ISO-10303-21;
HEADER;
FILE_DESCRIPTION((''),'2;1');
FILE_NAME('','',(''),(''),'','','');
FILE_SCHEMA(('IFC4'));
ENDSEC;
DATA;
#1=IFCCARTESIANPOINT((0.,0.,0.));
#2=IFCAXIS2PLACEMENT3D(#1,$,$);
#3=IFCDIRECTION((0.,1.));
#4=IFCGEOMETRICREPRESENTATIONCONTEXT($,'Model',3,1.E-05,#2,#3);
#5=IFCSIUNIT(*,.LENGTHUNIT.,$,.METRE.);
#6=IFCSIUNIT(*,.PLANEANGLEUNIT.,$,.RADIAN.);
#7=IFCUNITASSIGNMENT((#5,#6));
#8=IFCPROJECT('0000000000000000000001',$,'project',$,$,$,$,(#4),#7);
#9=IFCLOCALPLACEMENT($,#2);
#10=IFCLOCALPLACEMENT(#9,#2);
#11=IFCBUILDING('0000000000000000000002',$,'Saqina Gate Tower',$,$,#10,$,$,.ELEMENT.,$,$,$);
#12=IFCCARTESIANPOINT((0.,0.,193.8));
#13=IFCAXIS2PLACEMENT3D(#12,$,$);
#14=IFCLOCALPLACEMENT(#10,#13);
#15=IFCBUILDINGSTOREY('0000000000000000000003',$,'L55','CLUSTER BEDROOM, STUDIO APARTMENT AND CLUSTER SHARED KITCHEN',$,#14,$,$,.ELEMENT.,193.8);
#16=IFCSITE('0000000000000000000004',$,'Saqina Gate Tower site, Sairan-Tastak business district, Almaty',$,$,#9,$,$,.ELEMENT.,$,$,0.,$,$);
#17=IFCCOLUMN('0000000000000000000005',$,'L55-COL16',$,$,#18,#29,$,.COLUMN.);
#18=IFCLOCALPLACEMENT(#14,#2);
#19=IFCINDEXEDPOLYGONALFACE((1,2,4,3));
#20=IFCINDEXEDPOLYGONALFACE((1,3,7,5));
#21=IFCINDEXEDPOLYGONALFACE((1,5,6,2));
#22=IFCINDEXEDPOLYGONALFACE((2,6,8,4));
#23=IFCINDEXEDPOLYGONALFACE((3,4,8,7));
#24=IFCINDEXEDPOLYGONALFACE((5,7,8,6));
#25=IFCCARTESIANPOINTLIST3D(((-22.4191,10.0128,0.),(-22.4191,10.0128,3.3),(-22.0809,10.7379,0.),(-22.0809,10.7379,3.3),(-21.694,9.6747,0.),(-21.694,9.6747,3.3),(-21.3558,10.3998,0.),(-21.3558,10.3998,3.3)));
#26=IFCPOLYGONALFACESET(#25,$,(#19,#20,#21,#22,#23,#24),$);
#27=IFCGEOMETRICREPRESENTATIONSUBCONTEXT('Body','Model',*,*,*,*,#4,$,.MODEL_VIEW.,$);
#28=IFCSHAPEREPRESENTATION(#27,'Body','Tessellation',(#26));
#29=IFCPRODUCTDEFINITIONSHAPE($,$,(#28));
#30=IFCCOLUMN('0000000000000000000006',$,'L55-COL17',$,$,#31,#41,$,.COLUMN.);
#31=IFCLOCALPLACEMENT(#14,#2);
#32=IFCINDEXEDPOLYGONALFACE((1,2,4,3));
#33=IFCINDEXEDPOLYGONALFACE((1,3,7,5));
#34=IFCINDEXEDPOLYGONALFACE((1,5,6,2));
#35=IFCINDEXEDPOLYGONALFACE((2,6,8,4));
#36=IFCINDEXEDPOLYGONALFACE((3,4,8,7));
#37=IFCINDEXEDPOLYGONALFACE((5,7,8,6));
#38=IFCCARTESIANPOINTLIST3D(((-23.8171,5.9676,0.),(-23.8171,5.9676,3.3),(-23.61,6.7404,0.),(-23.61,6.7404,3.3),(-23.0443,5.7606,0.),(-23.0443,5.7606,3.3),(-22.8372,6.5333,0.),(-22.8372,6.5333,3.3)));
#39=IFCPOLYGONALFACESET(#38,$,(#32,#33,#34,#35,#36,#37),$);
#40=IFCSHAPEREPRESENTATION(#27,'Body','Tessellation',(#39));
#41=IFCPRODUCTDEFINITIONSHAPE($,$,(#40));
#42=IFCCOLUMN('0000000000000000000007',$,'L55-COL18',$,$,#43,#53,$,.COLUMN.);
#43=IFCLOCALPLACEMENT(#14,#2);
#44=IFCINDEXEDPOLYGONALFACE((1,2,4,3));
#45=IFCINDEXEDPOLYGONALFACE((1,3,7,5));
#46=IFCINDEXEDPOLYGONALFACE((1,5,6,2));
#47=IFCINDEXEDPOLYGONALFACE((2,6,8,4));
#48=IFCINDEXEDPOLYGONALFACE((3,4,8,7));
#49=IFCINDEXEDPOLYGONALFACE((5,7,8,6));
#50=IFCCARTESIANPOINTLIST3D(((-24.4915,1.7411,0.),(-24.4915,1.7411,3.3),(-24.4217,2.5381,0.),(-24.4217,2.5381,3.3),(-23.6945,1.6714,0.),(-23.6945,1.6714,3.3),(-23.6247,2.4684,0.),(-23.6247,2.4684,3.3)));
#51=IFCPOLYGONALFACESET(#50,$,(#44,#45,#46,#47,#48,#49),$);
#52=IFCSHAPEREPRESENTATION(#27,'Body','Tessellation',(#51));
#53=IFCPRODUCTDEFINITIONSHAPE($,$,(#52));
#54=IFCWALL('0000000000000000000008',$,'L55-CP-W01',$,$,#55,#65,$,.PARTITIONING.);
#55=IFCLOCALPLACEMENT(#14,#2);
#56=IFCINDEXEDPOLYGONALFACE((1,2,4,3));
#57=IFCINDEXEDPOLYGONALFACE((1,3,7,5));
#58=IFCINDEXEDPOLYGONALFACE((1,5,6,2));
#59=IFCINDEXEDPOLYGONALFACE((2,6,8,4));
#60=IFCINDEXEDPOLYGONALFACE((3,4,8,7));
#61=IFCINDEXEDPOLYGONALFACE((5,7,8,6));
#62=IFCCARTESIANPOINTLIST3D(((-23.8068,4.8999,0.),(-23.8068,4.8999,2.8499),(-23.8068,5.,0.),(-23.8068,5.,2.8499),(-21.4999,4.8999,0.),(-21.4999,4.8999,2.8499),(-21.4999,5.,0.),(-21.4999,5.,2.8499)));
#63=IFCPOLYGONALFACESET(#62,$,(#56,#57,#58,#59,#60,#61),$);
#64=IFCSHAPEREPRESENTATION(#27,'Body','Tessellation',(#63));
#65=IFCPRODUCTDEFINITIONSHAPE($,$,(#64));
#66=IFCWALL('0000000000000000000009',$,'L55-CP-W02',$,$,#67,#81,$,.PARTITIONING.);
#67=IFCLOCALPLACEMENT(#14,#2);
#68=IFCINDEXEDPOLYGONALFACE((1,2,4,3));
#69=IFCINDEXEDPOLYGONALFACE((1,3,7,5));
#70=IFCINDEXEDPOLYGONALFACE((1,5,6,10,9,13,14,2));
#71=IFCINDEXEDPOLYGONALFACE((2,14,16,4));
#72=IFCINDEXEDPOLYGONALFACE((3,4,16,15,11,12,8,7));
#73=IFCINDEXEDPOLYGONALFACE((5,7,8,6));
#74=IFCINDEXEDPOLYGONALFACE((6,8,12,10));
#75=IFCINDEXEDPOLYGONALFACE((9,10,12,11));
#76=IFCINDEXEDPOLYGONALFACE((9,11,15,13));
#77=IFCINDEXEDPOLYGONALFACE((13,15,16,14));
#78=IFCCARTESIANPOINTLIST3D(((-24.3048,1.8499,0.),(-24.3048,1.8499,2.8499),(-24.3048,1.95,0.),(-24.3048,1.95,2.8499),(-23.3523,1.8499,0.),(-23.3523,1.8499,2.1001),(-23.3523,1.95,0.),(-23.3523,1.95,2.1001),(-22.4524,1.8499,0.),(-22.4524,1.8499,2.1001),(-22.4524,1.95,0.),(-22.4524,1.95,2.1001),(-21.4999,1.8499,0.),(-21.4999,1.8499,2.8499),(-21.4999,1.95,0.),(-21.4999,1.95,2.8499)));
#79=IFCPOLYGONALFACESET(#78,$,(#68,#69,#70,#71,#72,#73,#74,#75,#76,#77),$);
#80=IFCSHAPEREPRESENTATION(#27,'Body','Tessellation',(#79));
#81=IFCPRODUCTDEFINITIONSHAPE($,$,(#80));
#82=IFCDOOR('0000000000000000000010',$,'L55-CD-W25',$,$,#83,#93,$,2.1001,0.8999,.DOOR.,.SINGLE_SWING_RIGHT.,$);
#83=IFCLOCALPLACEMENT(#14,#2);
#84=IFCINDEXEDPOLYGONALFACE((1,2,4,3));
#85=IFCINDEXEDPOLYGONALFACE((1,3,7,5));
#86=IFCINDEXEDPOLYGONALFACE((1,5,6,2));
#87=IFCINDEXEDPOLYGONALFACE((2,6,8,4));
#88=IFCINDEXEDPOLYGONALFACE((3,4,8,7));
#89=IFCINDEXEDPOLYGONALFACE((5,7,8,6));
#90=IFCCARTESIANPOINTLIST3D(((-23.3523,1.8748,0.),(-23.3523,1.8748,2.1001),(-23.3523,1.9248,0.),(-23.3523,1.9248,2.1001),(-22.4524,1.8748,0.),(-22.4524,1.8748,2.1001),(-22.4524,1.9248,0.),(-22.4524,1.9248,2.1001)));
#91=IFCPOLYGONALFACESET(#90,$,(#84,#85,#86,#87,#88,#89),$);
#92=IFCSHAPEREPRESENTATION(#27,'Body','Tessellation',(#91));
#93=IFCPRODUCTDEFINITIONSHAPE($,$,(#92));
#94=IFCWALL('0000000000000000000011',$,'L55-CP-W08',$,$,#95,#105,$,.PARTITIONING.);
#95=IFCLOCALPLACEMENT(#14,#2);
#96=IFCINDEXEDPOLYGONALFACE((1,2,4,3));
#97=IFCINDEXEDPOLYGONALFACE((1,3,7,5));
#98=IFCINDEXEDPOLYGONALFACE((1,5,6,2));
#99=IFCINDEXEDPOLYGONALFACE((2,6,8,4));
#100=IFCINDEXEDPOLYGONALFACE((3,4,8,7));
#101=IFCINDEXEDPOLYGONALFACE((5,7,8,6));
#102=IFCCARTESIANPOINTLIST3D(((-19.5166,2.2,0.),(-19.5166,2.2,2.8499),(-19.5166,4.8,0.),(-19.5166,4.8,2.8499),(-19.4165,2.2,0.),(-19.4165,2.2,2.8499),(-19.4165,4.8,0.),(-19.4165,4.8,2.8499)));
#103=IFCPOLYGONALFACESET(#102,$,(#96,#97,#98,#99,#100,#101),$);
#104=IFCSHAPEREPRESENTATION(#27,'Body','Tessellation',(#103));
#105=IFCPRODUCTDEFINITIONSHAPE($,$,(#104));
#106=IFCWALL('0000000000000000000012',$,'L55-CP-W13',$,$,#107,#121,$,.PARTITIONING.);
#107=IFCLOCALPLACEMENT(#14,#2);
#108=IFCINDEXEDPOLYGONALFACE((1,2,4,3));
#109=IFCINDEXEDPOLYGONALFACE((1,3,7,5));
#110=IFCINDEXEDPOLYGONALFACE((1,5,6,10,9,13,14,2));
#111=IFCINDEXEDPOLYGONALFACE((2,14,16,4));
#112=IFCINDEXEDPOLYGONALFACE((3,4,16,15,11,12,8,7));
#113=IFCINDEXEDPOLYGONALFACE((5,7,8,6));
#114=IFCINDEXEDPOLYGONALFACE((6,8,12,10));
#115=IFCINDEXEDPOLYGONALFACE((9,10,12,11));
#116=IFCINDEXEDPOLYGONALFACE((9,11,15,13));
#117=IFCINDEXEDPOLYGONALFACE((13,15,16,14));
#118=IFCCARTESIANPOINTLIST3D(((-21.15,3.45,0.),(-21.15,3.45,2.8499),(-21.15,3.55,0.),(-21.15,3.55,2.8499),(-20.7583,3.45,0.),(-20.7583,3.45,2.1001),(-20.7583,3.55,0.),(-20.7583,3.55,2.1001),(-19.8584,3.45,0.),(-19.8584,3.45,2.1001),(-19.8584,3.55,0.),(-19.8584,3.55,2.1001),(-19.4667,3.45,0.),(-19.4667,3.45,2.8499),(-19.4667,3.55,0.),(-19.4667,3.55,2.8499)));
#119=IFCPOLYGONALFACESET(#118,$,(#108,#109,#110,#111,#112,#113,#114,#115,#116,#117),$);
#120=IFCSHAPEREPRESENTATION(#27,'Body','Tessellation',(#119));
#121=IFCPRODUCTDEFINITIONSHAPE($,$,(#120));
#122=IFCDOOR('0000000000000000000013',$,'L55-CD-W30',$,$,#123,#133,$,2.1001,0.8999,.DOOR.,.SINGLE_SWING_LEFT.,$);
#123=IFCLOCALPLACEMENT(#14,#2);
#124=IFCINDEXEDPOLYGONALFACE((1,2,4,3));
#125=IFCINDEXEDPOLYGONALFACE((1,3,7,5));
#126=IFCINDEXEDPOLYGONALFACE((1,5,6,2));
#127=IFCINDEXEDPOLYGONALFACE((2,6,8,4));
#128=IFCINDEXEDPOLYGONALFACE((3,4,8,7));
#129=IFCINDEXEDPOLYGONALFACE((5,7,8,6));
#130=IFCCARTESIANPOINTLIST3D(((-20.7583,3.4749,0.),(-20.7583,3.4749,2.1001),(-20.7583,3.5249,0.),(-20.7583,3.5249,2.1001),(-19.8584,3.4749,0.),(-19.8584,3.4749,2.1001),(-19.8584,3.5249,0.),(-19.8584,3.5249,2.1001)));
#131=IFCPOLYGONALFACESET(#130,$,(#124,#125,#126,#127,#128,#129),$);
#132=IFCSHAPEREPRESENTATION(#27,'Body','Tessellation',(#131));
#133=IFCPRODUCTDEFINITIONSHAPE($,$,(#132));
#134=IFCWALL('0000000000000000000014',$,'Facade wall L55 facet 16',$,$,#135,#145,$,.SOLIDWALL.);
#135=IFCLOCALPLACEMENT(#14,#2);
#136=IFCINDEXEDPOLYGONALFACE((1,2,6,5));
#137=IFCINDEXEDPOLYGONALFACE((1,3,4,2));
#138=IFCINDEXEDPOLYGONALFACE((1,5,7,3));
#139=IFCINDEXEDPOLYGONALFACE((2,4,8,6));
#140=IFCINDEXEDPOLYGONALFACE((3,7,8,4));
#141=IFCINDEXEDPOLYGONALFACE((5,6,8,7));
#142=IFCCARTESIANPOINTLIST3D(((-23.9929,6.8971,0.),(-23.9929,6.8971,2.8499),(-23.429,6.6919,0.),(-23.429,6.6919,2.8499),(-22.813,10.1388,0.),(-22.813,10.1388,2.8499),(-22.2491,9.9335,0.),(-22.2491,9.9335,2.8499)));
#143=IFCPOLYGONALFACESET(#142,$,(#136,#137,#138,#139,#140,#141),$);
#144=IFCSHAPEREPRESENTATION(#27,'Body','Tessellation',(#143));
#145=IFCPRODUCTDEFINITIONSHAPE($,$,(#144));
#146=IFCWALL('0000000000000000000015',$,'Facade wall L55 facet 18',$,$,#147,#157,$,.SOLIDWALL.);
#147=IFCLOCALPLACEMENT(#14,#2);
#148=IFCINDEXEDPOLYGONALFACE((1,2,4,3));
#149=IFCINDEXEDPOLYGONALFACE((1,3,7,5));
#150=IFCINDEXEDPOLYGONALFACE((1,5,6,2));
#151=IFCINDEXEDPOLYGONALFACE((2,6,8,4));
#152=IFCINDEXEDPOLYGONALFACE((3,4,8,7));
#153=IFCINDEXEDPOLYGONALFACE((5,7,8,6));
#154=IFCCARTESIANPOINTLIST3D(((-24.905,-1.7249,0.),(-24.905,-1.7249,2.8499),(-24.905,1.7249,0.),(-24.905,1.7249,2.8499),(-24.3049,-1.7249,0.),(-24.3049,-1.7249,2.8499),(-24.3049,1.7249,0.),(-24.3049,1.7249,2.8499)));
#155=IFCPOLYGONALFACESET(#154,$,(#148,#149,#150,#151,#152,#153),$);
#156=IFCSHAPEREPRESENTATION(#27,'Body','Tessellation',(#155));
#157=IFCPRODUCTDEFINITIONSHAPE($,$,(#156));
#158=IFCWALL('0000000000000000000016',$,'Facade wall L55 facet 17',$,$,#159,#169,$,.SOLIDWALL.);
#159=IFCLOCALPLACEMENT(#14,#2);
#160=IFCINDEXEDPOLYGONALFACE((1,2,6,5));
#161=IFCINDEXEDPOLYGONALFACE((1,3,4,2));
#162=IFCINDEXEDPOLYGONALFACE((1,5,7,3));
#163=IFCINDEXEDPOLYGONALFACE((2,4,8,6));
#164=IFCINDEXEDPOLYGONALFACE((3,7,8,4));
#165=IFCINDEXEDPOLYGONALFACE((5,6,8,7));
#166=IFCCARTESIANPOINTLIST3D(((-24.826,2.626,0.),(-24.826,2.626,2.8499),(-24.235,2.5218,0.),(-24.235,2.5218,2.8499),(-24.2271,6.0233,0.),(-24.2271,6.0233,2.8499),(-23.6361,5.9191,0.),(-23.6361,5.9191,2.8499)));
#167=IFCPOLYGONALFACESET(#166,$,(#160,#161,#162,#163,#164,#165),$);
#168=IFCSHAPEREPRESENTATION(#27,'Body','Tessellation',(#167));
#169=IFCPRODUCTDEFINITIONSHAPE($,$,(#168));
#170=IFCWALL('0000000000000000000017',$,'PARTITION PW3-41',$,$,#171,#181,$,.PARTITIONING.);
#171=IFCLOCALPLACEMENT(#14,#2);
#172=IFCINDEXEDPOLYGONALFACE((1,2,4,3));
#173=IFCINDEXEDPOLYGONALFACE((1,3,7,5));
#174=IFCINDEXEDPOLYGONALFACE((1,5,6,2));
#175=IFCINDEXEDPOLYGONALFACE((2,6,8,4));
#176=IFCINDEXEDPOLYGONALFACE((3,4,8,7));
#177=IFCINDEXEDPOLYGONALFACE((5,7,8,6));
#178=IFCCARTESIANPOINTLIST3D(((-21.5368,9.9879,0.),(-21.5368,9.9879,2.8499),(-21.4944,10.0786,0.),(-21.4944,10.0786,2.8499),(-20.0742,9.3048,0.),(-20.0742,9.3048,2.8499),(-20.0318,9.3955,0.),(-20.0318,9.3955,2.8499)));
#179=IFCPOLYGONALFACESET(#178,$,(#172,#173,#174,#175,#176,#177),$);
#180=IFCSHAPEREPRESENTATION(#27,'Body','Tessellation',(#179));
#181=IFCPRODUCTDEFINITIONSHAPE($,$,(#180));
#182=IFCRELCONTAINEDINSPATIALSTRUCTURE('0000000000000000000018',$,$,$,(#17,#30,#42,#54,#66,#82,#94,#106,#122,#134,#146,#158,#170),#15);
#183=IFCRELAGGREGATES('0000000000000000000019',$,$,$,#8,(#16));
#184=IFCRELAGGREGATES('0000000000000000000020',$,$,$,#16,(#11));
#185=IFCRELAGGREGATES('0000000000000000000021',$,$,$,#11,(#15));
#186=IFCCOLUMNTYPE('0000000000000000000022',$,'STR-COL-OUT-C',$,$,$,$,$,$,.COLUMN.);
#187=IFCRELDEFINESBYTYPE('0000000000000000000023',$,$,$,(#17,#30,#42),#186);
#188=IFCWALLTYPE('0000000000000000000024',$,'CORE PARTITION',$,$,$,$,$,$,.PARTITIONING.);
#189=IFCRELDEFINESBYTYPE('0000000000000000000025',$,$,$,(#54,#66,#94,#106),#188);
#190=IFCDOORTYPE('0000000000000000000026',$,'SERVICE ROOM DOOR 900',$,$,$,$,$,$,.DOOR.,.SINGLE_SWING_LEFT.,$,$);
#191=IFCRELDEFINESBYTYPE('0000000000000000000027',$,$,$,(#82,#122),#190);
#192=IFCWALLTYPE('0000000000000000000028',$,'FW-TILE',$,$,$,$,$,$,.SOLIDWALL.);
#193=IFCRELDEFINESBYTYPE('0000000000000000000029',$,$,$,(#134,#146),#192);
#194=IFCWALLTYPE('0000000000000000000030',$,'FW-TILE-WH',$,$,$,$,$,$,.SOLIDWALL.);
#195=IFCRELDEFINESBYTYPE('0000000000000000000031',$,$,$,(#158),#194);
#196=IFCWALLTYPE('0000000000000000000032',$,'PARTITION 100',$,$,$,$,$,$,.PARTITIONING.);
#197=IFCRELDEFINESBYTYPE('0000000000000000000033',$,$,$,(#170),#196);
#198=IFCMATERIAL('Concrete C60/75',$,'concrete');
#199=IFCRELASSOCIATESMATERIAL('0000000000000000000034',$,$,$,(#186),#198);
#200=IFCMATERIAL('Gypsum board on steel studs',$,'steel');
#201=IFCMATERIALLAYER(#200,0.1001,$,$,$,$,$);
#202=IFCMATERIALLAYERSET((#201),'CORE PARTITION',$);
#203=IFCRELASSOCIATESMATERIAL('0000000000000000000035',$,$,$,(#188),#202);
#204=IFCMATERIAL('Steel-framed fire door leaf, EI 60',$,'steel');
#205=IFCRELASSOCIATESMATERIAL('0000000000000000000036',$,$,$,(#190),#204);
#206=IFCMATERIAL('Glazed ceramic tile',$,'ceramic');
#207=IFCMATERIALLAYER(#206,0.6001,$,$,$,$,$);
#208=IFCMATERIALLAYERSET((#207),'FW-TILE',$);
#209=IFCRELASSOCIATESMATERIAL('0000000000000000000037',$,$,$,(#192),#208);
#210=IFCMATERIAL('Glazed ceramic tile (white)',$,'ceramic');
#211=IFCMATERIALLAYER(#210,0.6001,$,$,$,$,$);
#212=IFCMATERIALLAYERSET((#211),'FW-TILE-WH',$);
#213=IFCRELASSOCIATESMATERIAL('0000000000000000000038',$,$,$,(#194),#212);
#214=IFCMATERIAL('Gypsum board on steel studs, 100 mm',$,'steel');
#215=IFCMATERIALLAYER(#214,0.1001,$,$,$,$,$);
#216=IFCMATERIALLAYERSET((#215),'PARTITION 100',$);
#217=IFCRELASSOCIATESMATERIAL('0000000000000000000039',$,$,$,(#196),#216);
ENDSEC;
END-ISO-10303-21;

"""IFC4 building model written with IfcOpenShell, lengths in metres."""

from ifc_helpers import new_model, si_unit, direction, frame, frame_2d, origin, origin_2d, place, context, subcontext, project, spatial, rectangle, extrude, material, layer, layer_set, material_profile, profile_set, type_object, element, fill, save


model = new_model("IFC4")

# Units and contexts
model_context = context("Model", 3, precision=1e-05, world=origin(), true_north=direction((0.0, 1.0)))
body_context = subcontext(model_context, "Body", "Model", "MODEL_VIEW")
ifc_project = project(units=[si_unit("LENGTHUNIT", "METRE"), si_unit("PLANEANGLEUNIT", "RADIAN")], contexts=[model_context])

# Site, building, storey
site_placement = place(None, origin())
site = spatial("IfcSite", under=ifc_project, at=site_placement, Name="Saqina Gate Tower site, Sairan-Tastak business district, Almaty", CompositionType="ELEMENT", RefElevation=0.0)
building_placement = place(site_placement, origin())
building = spatial("IfcBuilding", under=site, at=building_placement, Name="Saqina Gate Tower", CompositionType="ELEMENT")
storey_placement = place(building_placement, frame((0.0, 0.0, 193.8)))
storey = spatial("IfcBuildingStorey", under=building, at=storey_placement, Name="L55", Description="CLUSTER BEDROOM, STUDIO APARTMENT AND CLUSTER SHARED KITCHEN", CompositionType="ELEMENT", Elevation=193.8)

# Columns
ifc_material_1 = material(Name="Concrete C60/75", Category="concrete")
ifc_material_profile = material_profile(ifc_material_1, rectangle(XDim=0.8, YDim=0.8, at=origin_2d()), Name="RC 800x800")
ifc_profile_set = profile_set([ifc_material_profile], Name="Concrete C60/75")
column_type = type_object("IfcColumnType", Name="STR-COL-OUT-C", PredefinedType="COLUMN", material=ifc_profile_set)
for number, where, z_axis, x_axis, name in (
    (1, (-21.8875, 10.2063, 0.0), (0.0, 0.0, 1.0), (-0.906308, 0.422618, 0.0), "L55-COL16"),
    (2, (-23.3271, 6.2505, 0.0), (0.0, 0.0, 1.0), (-0.965926, 0.258819, 0.0), "L55-COL17"),
    (3, (-24.0581, 2.1047, 0.0), (0.0, 0.0, 1.0), (-0.996195, 0.087156, 0.0), "L55-COL18"),
):
    element("IfcColumn", number, at=place(storey_placement, frame(where, z_axis=z_axis, x_axis=x_axis)), inside=storey, type_object=column_type, Name=name, PredefinedType="COLUMN", context=body_context, shape_type="SweptSolid", body=[
        extrude(rectangle(XDim=0.8, YDim=0.8, at=origin_2d()), origin(), (0.0, 0.0, 1.0), 3.3),
    ])

# Wall
ifc_material_2 = material(Name="Gypsum board on steel studs", Category="steel")
ifc_layer_1 = layer(ifc_material_2, 0.1001)
ifc_layer_set_1 = layer_set([ifc_layer_1], Name="CORE PARTITION")
wall_type_1 = type_object("IfcWallType", Name="CORE PARTITION", PredefinedType="PARTITIONING", material=ifc_layer_set_1)
wall_1_placement = place(storey_placement, frame((-21.5, 4.95, 0.0), z_axis=(0.0, 0.0, 1.0), x_axis=(-1.0, 0.0, 0.0)))
element("IfcWall", 4, at=wall_1_placement, inside=storey, type_object=wall_type_1, Name="L55-CP-W01", PredefinedType="PARTITIONING", context=body_context, shape_type="SweptSolid", body=[
    extrude(rectangle(XDim=2.3069, YDim=0.1001, at=frame_2d((1.1533, 0.0))), origin(), (0.0, 0.0, 1.0), 2.8499),
])

# Wall, opening, door
wall_2_placement = place(storey_placement, frame((-21.5, 1.8999, 0.0), z_axis=(0.0, 0.0, 1.0), x_axis=(-1.0, 0.0, 0.0)))
wall_2 = element("IfcWall", 5, at=wall_2_placement, inside=storey, type_object=wall_type_1, Name="L55-CP-W02", PredefinedType="PARTITIONING", context=body_context, shape_type="SweptSolid", body=[
    extrude(rectangle(XDim=2.8049, YDim=0.1001, at=frame_2d((1.4023, 0.0))), origin(), (0.0, 0.0, 1.0), 2.8499),
])
opening_1_placement = place(wall_2_placement, frame((0.9524, 0.0, 0.0)))
opening_1 = element("IfcOpeningElement", 6, at=opening_1_placement, cuts=wall_2, PredefinedType="OPENING", context=body_context, shape_type="SweptSolid", body=[
    extrude(rectangle(XDim=0.8999, YDim=2.1001, at=frame_2d((0.45, 1.05))), frame((0.0, 0.062, 0.0), z_axis=(0.0, -1.0, 0.0), x_axis=(1.0, 0.0, 0.0)), (0.0, 0.0, 1.0), 0.124),
])
ifc_material_3 = material(Name="Steel-framed fire door leaf, EI 60", Category="steel")
door_type = type_object("IfcDoorType", Name="SERVICE ROOM DOOR 900", OperationType="SINGLE_SWING_LEFT", PredefinedType="DOOR", material=ifc_material_3)
door_1_placement = place(opening_1_placement, frame((0.8999, 0.0, 0.0), z_axis=(0.0, 0.0, 1.0), x_axis=(-1.0, 0.0, 0.0)))
door_1 = element("IfcDoor", 7, at=door_1_placement, inside=storey, type_object=door_type, Name="L55-CD-W25", OperationType="SINGLE_SWING_RIGHT", OverallHeight=2.1001, OverallWidth=0.8999, PredefinedType="DOOR", context=body_context, shape_type="SweptSolid", body=[
    extrude(rectangle(XDim=0.8999, YDim=2.1001, at=frame_2d((0.45, 1.05))), frame((0.0, 0.0249, 0.0), z_axis=(0.0, -1.0, 0.0), x_axis=(1.0, 0.0, 0.0)), (0.0, 0.0, 1.0), 0.05),
])
fill(opening_1, door_1)

# Wall
wall_3_placement = place(storey_placement, frame((-19.4666, 2.2, 0.0), z_axis=(0.0, 0.0, 1.0), x_axis=(0.0, 1.0, 0.0)))
element("IfcWall", 8, at=wall_3_placement, inside=storey, type_object=wall_type_1, Name="L55-CP-W08", PredefinedType="PARTITIONING", context=body_context, shape_type="SweptSolid", body=[
    extrude(rectangle(XDim=2.6001, YDim=0.1001, at=frame_2d((1.3, 0.0))), origin(), (0.0, 0.0, 1.0), 2.8499),
])

# Wall, opening, door
wall_4_placement = place(storey_placement, frame((-19.4666, 3.5, 0.0), z_axis=(0.0, 0.0, 1.0), x_axis=(-1.0, 0.0, 0.0)))
wall_4 = element("IfcWall", 9, at=wall_4_placement, inside=storey, type_object=wall_type_1, Name="L55-CP-W13", PredefinedType="PARTITIONING", context=body_context, shape_type="SweptSolid", body=[
    extrude(rectangle(XDim=1.6833, YDim=0.1001, at=frame_2d((0.8418, 0.0))), origin(), (0.0, 0.0, 1.0), 2.8499),
])
opening_2_placement = place(wall_4_placement, frame((0.3918, 0.0, 0.0)))
opening_2 = element("IfcOpeningElement", 10, at=opening_2_placement, cuts=wall_4, PredefinedType="OPENING", context=body_context, shape_type="SweptSolid", body=[
    extrude(rectangle(XDim=0.8999, YDim=2.1001, at=frame_2d((0.45, 1.05))), frame((0.0, 0.062, 0.0), z_axis=(0.0, -1.0, 0.0), x_axis=(1.0, 0.0, 0.0)), (0.0, 0.0, 1.0), 0.124),
])
door_2_placement = place(opening_2_placement, frame((0.8999, 0.0, 0.0), z_axis=(0.0, 0.0, 1.0), x_axis=(-1.0, 0.0, 0.0)))
door_2 = element("IfcDoor", 11, at=door_2_placement, inside=storey, type_object=door_type, Name="L55-CD-W30", OperationType="SINGLE_SWING_LEFT", OverallHeight=2.1001, OverallWidth=0.8999, PredefinedType="DOOR", context=body_context, shape_type="SweptSolid", body=[
    extrude(rectangle(XDim=0.8999, YDim=2.1001, at=frame_2d((0.45, 1.05))), frame((0.0, 0.0249, 0.0), z_axis=(0.0, -1.0, 0.0), x_axis=(1.0, 0.0, 0.0)), (0.0, 0.0, 1.0), 0.05),
])
fill(opening_2, door_2)

# Walls
ifc_material_4 = material(Name="Glazed ceramic tile", Category="ceramic")
ifc_layer_2 = layer(ifc_material_4, 0.6001)
ifc_layer_set_2 = layer_set([ifc_layer_2], Name="FW-TILE")
wall_type_2 = type_object("IfcWallType", Name="FW-TILE", PredefinedType="SOLIDWALL", material=ifc_layer_set_2)
for number, where, z_axis, x_axis, name in (
    (12, (-22.531, 10.0361, 0.0), (0.0, 0.0, 1.0), (-0.342033, -0.939688, 0.0), "Facade wall L55 facet 16"),
    (13, (-24.605, 1.7249, 0.0), (0.0, 0.0, 1.0), (0.0, -1.0, 0.0), "Facade wall L55 facet 18"),
):
    element("IfcWall", number, at=place(storey_placement, frame(where, z_axis=z_axis, x_axis=x_axis)), inside=storey, type_object=wall_type_2, Name=name, PredefinedType="SOLIDWALL", context=body_context, shape_type="SweptSolid", body=[
        extrude(rectangle(XDim=3.4497, YDim=0.6001, at=frame_2d((1.7249, 0.0))), origin(), (0.0, 0.0, 1.0), 2.8499),
    ])
ifc_material_5 = material(Name="Glazed ceramic tile (white)", Category="ceramic")
ifc_layer_3 = layer(ifc_material_5, 0.6001)
ifc_layer_set_3 = layer_set([ifc_layer_3], Name="FW-TILE-WH")
wall_type_3 = type_object("IfcWallType", Name="FW-TILE-WH", PredefinedType="SOLIDWALL", material=ifc_layer_set_3)
wall_5_placement = place(storey_placement, frame((-23.9316, 5.9712, 0.0), z_axis=(0.0, 0.0, 1.0), x_axis=(-0.173608, -0.984815, 0.0)))
element("IfcWall", 14, at=wall_5_placement, inside=storey, type_object=wall_type_3, Name="Facade wall L55 facet 17", PredefinedType="SOLIDWALL", context=body_context, shape_type="SweptSolid", body=[
    extrude(rectangle(XDim=3.4497, YDim=0.6001, at=frame_2d((1.7249, 0.0))), origin(), (0.0, 0.0, 1.0), 2.8499),
])
ifc_material_6 = material(Name="Gypsum board on steel studs, 100 mm", Category="steel")
ifc_layer_4 = layer(ifc_material_6, 0.1001)
ifc_layer_set_4 = layer_set([ifc_layer_4], Name="PARTITION 100")
wall_type_4 = type_object("IfcWallType", Name="PARTITION 100", PredefinedType="PARTITIONING", material=ifc_layer_set_4)
wall_6_placement = place(storey_placement, frame((-21.5156, 10.0332, 0.0), z_axis=(0.0, 0.0, 1.0), x_axis=(0.906056, -0.423159, 0.0)))
element("IfcWall", 15, at=wall_6_placement, inside=storey, type_object=wall_type_4, Name="PARTITION PW3-41", PredefinedType="PARTITIONING", context=body_context, shape_type="SweptSolid", body=[
    extrude(rectangle(XDim=1.6143, YDim=0.1001, at=frame_2d((0.8071, 0.0))), origin(), (0.0, 0.0, 1.0), 2.8499),
])

save(model, "model.ifc")
